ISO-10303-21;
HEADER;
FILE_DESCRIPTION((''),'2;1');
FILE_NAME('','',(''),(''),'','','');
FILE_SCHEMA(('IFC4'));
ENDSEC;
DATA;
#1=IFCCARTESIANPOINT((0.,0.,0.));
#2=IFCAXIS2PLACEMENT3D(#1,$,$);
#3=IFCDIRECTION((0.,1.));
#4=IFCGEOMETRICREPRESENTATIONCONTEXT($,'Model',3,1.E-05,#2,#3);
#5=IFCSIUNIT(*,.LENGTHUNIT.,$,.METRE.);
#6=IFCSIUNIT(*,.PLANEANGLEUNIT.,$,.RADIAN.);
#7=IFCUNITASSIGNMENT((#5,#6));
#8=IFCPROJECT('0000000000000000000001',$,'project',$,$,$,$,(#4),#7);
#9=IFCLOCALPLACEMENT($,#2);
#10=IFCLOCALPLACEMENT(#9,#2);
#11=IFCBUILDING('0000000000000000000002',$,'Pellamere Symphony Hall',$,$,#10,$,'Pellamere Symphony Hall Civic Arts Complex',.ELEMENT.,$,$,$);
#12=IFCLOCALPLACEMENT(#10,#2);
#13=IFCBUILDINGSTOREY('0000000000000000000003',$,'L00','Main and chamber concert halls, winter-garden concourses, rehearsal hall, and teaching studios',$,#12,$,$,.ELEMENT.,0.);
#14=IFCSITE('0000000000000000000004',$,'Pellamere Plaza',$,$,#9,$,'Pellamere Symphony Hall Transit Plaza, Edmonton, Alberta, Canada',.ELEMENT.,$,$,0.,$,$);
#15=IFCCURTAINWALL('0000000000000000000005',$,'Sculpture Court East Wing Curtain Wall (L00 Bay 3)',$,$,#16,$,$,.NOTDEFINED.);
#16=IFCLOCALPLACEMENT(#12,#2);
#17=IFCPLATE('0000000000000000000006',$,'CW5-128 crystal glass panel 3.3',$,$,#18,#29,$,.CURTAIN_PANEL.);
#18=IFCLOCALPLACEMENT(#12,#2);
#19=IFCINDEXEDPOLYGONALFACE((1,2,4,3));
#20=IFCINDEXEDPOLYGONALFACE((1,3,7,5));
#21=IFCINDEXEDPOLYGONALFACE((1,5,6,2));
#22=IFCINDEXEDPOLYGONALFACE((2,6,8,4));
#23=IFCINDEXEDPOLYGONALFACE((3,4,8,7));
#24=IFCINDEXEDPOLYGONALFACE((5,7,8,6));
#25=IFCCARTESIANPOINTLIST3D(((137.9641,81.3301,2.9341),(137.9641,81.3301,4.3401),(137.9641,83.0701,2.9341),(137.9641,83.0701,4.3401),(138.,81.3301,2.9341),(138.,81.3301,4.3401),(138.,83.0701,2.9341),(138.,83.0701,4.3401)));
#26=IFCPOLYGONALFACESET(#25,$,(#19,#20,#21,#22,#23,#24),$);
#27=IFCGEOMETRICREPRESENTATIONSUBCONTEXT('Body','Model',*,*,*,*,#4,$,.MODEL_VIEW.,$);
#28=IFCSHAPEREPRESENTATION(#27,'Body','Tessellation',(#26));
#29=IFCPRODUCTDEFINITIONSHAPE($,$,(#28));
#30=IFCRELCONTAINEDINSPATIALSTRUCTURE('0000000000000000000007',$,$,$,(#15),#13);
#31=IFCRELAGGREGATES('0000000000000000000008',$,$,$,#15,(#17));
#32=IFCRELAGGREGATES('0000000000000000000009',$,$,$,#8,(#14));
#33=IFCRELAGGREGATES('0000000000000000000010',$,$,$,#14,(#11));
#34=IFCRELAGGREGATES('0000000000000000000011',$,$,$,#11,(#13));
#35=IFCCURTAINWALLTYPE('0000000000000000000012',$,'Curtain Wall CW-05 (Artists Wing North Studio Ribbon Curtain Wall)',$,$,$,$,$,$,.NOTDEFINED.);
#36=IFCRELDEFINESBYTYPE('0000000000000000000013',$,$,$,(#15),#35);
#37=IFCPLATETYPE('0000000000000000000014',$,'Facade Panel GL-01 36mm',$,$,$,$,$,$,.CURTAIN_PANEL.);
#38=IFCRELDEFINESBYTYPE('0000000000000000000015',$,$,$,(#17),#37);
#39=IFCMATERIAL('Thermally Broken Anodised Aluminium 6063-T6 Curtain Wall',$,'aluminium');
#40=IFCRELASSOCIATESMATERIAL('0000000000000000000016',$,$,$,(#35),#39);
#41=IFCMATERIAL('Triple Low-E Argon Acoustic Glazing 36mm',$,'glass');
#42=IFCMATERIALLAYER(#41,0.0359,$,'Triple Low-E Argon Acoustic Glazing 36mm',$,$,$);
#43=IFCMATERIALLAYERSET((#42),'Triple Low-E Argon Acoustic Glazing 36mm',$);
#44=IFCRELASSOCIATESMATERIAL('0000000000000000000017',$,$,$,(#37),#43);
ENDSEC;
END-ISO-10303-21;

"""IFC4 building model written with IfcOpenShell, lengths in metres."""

from ifc_helpers import new_model, si_unit, direction, frame, origin, place, context, subcontext, project, spatial, polyline, outline, extrude, material, layer, layer_set, type_object, element, aggregate, save


model = new_model("IFC4")

# Units and contexts
model_context = context("Model", 3, precision=1e-05, world=origin(), true_north=direction((0.0, 1.0)))
body_context = subcontext(model_context, "Body", "Model", "MODEL_VIEW")
ifc_project = project(units=[si_unit("LENGTHUNIT", "METRE"), si_unit("PLANEANGLEUNIT", "RADIAN")], contexts=[model_context])

# Site, building, storey
site_placement = place(None, origin())
site = spatial("IfcSite", under=ifc_project, at=site_placement, Name="Pellamere Plaza", LongName="Pellamere Symphony Hall Transit Plaza, Edmonton, Alberta, Canada", CompositionType="ELEMENT", RefElevation=0.0)
building_placement = place(site_placement, origin())
building = spatial("IfcBuilding", under=site, at=building_placement, Name="Pellamere Symphony Hall", LongName="Pellamere Symphony Hall Civic Arts Complex", CompositionType="ELEMENT")
storey_placement = place(building_placement, origin())
storey = spatial("IfcBuildingStorey", under=building, at=storey_placement, Name="L00", Description="Main and chamber concert halls, winter-garden concourses, rehearsal hall, and teaching studios", CompositionType="ELEMENT", Elevation=0.0)

# Shared definitions
ifc_material_1 = material(Name="Thermally Broken Anodised Aluminium 6063-T6 Curtain Wall", Category="aluminium")
curtain_wall_type = type_object("IfcCurtainWallType", Name="Curtain Wall CW-05 (Artists Wing North Studio Ribbon Curtain Wall)", PredefinedType="NOTDEFINED", material=ifc_material_1)

# Curtain wall
curtain_wall_1_placement = place(storey_placement, origin())
curtain_wall_1 = element("IfcCurtainWall", 1, at=curtain_wall_1_placement, inside=storey, type_object=curtain_wall_type, Name="Sculpture Court East Wing Curtain Wall (L00 Bay 3)", PredefinedType="NOTDEFINED")

# Plate
ifc_material_2 = material(Name="Triple Low-E Argon Acoustic Glazing 36mm", Category="glass")
ifc_layer = layer(ifc_material_2, 0.0359, Name="Triple Low-E Argon Acoustic Glazing 36mm")
ifc_layer_set = layer_set([ifc_layer], Name="Triple Low-E Argon Acoustic Glazing 36mm")
plate_type = type_object("IfcPlateType", Name="Facade Panel GL-01 36mm", PredefinedType="CURTAIN_PANEL", material=ifc_layer_set)
plate_1_placement = place(storey_placement, frame((138.0, 81.3301, 2.9341), z_axis=(1.0, 0.0, 0.0), x_axis=(0.0, 1.0, 0.0)))
plate_1 = element("IfcPlate", 2, at=plate_1_placement, type_object=plate_type, Name="CW5-128 crystal glass panel 3.3", PredefinedType="CURTAIN_PANEL", context=body_context, shape_type="SweptSolid", body=[
    extrude(outline(polyline([(0.0, 0.0), (1.74, 0.0), (1.74, 1.406), (0.0, 1.406), (0.0, 0.0)])), origin(), (0.0, 0.0, -1.0), 0.0359),
])
aggregate(curtain_wall_1, [plate_1])

save(model, "model.ifc")
